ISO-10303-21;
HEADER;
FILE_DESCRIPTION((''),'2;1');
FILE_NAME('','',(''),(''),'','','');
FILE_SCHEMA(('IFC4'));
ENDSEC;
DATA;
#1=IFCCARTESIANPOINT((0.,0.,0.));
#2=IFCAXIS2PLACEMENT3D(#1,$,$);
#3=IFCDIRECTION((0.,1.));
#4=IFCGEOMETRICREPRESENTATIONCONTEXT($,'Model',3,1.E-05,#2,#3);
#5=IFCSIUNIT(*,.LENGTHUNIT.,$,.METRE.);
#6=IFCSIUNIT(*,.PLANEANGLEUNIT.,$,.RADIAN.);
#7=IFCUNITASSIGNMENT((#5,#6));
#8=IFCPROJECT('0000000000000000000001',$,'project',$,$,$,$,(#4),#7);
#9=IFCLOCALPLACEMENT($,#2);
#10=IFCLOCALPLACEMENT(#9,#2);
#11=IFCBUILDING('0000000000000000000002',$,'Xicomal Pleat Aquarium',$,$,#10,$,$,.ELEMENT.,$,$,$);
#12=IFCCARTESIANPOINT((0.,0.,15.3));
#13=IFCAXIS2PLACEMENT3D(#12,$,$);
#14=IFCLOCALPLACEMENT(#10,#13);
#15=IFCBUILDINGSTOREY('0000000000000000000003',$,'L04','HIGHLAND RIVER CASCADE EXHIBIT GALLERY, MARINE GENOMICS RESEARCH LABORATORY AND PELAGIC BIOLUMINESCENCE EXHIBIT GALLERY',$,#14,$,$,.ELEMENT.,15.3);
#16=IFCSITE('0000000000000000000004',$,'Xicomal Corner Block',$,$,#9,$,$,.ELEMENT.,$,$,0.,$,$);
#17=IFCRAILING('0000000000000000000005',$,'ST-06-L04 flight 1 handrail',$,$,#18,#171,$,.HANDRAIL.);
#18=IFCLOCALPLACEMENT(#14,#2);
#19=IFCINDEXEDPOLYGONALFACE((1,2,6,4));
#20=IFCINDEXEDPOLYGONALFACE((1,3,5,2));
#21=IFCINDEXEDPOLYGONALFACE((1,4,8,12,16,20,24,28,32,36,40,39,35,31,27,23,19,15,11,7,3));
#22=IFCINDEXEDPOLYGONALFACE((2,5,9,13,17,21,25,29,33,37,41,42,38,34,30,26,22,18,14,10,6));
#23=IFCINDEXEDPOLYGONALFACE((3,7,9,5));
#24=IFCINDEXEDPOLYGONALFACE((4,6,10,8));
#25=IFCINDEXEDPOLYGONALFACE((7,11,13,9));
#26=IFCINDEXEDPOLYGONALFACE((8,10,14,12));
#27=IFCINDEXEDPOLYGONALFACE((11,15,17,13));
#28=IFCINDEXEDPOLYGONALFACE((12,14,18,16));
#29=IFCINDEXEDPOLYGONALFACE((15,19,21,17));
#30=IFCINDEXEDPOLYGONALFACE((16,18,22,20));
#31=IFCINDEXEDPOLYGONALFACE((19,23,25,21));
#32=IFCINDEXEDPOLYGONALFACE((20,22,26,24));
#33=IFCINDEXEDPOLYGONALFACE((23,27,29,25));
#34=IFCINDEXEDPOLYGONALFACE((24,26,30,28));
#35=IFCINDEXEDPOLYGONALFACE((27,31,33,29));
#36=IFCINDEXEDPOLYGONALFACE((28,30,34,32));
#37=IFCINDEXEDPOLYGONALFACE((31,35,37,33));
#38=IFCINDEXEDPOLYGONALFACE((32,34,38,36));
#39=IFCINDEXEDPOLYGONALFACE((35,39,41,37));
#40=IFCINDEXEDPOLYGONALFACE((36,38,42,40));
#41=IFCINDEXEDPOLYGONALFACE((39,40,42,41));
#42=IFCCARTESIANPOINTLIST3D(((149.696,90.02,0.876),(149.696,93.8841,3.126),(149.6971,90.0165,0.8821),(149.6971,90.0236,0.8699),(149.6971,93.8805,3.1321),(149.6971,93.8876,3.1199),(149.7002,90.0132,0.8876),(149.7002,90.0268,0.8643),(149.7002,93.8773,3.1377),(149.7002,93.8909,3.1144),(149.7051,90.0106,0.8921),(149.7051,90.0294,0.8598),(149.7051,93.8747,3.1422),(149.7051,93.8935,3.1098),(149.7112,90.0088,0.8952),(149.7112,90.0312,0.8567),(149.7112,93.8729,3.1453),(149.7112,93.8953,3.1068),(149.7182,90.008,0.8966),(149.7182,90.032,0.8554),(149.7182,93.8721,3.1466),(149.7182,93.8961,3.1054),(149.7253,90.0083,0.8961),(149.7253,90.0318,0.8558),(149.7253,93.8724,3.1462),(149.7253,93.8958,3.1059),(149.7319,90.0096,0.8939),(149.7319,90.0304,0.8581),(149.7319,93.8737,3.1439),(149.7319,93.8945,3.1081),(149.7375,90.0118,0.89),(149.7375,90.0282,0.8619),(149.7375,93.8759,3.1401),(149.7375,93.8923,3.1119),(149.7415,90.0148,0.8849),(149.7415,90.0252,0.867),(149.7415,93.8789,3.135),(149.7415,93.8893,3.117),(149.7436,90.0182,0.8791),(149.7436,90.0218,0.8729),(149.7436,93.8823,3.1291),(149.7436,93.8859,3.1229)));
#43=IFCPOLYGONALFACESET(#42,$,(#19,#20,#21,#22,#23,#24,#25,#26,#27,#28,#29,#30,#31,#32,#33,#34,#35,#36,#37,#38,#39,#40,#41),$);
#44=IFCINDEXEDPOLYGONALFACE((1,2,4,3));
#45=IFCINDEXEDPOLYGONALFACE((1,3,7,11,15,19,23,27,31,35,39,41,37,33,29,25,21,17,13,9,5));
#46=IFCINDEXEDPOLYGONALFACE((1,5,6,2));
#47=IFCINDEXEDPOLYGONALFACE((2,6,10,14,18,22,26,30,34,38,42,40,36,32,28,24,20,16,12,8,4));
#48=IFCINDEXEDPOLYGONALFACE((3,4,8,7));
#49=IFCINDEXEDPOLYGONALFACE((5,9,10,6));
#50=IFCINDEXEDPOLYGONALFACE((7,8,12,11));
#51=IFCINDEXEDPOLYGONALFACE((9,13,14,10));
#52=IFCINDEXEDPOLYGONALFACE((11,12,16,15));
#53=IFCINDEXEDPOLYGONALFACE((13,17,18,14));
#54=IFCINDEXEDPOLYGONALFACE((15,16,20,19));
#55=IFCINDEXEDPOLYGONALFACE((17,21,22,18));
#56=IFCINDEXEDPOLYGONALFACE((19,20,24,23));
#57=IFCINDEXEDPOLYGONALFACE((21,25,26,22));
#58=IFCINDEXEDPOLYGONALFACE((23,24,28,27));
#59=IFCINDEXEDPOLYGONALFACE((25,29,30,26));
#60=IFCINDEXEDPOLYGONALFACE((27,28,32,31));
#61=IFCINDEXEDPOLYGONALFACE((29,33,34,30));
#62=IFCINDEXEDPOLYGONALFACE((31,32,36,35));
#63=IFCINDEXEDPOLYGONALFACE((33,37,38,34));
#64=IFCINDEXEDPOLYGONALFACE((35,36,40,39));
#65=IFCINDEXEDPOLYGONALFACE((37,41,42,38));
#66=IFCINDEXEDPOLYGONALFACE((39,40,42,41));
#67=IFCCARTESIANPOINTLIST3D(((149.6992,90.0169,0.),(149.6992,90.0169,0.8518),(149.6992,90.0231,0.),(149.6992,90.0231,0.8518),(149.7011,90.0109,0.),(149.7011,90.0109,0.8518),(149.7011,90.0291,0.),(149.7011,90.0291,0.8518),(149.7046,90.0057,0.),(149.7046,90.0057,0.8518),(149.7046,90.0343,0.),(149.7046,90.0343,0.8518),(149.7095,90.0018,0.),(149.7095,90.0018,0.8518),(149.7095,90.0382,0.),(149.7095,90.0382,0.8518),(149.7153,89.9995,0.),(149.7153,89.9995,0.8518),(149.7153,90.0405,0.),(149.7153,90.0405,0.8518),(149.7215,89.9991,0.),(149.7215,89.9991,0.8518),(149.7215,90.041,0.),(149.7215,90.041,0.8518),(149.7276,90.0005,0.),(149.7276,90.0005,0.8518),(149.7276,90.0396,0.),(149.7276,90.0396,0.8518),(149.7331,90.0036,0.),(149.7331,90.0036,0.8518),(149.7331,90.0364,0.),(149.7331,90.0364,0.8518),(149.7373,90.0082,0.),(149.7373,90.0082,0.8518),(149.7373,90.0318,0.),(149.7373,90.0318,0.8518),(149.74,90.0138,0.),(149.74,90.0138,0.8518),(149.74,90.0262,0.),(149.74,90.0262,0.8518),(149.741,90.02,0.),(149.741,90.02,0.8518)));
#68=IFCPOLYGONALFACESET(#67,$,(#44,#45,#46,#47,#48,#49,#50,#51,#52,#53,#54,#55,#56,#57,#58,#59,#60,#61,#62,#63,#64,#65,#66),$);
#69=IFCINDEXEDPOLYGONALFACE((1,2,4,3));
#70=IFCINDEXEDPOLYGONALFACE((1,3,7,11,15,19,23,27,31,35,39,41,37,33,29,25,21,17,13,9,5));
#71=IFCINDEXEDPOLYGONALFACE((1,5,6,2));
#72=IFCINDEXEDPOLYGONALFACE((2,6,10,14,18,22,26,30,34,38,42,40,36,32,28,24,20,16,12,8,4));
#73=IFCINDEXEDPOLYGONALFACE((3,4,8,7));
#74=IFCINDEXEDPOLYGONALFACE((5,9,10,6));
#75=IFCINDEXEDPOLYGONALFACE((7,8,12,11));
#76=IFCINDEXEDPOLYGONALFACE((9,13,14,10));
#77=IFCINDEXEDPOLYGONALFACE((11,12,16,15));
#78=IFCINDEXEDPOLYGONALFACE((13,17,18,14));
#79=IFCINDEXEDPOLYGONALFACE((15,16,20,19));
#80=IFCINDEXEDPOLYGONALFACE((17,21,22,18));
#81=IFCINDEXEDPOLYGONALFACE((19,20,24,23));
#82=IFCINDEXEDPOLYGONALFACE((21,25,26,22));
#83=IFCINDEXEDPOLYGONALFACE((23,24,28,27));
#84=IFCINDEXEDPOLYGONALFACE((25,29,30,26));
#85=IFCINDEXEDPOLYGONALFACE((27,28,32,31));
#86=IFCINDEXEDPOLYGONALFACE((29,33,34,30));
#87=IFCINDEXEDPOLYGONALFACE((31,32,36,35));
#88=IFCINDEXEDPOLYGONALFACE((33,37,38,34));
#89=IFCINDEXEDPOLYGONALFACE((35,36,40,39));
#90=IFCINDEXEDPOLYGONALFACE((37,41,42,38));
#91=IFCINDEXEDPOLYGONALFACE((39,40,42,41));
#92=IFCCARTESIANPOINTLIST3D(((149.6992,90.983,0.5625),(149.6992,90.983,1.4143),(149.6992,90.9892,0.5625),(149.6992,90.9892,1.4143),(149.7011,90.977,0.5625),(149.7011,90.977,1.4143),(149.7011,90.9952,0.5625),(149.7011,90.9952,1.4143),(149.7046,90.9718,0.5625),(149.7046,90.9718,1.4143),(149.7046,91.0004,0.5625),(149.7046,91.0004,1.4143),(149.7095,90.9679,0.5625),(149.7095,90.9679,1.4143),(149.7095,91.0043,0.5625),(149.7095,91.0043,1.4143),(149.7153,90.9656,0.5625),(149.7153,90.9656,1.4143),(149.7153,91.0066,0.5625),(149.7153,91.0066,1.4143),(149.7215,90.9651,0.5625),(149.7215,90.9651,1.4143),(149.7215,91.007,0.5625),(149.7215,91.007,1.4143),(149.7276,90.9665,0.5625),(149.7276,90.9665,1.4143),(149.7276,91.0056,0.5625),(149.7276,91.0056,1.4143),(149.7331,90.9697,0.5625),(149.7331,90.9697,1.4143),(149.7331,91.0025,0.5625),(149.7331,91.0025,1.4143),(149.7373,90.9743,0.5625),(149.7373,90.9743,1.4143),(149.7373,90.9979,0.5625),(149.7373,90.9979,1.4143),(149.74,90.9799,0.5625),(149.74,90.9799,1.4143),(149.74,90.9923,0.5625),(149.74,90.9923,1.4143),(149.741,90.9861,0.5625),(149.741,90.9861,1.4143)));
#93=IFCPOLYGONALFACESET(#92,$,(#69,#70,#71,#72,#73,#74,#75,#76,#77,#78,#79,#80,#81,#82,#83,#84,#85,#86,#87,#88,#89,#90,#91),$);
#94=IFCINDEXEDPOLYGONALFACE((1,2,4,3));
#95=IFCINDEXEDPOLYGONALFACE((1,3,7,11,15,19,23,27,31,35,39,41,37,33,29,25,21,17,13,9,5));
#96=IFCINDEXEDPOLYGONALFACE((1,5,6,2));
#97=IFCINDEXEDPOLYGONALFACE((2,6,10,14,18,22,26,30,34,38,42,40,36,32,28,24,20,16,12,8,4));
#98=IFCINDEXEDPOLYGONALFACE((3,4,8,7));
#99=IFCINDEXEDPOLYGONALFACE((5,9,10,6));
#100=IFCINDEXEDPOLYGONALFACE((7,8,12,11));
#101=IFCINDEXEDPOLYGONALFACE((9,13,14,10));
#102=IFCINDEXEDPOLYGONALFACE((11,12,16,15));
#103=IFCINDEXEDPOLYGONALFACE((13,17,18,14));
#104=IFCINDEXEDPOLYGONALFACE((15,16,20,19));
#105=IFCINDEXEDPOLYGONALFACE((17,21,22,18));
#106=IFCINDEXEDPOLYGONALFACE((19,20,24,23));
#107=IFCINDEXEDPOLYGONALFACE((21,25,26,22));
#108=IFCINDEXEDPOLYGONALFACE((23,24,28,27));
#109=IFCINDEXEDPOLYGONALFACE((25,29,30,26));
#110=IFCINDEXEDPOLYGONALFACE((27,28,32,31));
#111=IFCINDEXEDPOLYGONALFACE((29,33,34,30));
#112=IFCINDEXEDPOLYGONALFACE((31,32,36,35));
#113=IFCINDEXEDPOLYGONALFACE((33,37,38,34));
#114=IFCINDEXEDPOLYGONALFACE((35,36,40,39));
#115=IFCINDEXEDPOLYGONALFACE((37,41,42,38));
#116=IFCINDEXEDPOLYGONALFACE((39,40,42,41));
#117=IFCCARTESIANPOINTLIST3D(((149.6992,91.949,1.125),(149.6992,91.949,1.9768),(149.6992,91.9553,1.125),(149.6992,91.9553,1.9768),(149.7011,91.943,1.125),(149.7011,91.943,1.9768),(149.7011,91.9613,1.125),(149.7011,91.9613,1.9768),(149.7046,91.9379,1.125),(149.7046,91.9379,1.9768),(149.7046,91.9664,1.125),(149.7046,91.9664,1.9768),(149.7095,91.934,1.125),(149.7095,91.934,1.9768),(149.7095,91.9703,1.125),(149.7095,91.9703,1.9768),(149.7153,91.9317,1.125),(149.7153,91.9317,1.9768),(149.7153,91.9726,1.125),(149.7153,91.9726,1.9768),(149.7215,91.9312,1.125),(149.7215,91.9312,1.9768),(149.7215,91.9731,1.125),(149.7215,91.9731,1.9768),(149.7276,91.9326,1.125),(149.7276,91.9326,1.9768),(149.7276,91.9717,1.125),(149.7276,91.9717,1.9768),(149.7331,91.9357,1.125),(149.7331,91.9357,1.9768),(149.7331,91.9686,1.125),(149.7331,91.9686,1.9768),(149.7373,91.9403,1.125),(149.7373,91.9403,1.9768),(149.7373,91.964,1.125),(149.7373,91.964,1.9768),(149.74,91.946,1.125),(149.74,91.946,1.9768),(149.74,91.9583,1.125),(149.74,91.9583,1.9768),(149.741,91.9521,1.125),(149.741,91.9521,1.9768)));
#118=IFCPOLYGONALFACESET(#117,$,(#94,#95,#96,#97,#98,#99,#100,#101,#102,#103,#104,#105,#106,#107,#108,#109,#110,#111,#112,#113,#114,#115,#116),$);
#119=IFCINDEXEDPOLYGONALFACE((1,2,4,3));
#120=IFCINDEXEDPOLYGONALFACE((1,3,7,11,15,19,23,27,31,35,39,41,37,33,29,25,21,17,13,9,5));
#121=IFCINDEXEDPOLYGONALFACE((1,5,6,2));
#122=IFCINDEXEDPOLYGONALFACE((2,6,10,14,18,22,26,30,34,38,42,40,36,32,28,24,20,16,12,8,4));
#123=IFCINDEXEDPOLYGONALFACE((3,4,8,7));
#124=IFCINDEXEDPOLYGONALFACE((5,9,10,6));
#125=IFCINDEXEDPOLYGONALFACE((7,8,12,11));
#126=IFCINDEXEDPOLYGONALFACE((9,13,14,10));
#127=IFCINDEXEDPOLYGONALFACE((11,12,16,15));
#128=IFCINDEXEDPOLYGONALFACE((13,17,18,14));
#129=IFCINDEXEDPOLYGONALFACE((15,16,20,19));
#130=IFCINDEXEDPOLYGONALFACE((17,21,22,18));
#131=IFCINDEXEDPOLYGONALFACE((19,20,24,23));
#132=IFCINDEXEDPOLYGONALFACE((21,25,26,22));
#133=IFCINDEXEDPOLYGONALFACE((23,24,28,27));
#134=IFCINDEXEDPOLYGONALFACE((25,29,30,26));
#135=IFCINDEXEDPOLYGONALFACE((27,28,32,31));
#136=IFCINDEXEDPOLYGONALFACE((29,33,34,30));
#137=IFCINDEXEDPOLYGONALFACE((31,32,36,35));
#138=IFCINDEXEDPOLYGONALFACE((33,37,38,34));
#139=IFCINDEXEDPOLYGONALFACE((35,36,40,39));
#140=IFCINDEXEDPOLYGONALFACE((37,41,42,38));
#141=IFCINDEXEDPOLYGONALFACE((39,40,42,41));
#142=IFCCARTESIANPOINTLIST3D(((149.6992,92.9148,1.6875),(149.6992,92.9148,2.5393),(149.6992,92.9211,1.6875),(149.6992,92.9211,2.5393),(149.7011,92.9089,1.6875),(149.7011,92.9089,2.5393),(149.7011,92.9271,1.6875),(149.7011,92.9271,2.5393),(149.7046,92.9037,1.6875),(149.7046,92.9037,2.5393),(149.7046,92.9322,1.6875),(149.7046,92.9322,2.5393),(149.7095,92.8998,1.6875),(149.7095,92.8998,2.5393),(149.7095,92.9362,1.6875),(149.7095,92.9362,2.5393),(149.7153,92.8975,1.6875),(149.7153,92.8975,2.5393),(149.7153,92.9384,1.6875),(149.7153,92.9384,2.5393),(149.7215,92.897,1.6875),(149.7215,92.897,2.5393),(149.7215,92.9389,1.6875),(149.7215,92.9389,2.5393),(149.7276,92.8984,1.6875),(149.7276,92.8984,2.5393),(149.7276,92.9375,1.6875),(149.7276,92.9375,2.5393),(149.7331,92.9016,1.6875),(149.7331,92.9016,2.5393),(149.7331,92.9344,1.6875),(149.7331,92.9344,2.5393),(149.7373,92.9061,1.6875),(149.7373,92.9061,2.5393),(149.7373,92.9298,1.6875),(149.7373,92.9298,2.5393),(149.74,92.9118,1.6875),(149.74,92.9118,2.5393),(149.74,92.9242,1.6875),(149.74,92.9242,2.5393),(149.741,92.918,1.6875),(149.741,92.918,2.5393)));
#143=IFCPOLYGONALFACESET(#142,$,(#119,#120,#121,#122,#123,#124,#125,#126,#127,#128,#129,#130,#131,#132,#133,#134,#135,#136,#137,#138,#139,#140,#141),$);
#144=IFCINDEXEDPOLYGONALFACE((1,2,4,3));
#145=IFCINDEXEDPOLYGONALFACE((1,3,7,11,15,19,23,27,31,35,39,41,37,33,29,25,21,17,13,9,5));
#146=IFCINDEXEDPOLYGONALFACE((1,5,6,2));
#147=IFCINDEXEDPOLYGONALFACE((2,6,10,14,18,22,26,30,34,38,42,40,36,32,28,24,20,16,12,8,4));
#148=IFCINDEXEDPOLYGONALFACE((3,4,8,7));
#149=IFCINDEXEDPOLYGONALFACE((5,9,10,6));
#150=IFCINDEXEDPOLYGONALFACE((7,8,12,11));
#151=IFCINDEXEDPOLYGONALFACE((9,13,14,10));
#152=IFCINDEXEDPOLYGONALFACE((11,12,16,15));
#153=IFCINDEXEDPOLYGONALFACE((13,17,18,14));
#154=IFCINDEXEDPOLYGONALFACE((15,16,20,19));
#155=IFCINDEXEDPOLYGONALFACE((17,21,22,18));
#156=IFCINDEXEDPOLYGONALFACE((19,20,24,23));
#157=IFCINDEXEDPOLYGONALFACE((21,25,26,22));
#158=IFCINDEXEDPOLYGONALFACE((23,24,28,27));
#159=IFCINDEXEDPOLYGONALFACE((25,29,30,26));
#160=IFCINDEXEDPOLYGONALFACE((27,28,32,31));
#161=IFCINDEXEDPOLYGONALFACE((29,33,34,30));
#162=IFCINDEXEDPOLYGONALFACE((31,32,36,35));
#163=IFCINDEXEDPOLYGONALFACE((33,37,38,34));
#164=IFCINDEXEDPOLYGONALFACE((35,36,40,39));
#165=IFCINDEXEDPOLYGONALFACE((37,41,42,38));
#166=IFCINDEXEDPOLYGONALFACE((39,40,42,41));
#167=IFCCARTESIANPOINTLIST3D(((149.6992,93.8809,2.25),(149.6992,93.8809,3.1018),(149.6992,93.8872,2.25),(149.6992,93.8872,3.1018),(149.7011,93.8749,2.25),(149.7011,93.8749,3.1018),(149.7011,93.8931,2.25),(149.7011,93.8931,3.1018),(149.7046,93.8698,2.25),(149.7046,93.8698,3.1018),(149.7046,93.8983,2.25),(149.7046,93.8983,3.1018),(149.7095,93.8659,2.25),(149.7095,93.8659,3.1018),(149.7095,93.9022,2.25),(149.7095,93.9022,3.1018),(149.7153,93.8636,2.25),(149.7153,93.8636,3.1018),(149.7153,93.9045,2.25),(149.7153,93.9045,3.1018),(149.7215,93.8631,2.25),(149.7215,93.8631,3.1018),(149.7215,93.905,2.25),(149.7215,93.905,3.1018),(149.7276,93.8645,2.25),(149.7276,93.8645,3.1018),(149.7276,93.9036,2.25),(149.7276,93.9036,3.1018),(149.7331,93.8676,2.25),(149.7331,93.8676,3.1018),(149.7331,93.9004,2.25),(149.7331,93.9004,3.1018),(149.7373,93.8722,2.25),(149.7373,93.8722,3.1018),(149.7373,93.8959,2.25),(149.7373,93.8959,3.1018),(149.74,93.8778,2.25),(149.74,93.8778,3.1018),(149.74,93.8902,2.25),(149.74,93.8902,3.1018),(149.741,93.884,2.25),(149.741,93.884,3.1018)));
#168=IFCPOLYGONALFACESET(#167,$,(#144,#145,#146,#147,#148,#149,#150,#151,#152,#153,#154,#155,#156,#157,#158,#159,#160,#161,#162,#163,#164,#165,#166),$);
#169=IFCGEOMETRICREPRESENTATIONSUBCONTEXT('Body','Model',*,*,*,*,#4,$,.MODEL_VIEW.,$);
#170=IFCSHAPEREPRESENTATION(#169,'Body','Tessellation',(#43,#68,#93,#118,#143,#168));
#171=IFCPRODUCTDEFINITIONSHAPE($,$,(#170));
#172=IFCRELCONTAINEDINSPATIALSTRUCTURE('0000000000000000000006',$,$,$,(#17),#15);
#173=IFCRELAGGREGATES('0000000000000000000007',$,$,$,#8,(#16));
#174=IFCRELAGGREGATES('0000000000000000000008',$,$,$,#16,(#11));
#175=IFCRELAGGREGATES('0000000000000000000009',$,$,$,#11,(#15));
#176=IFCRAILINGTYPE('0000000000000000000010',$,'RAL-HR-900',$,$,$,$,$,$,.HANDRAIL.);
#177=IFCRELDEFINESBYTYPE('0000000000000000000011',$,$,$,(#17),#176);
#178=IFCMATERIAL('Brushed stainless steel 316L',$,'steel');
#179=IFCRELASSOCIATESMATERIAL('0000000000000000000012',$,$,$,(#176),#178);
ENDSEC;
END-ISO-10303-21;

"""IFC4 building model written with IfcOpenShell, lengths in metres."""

from ifc_helpers import new_model, si_unit, direction, frame, origin, origin_2d, place, context, subcontext, project, spatial, circle, extrude, material, type_object, element, save


model = new_model("IFC4")

# Units and contexts
model_context = context("Model", 3, precision=1e-05, world=origin(), true_north=direction((0.0, 1.0)))
body_context = subcontext(model_context, "Body", "Model", "MODEL_VIEW")
ifc_project = project(units=[si_unit("LENGTHUNIT", "METRE"), si_unit("PLANEANGLEUNIT", "RADIAN")], contexts=[model_context])

# Site, building, storey
site_placement = place(None, origin())
site = spatial("IfcSite", under=ifc_project, at=site_placement, Name="Xicomal Corner Block", CompositionType="ELEMENT", RefElevation=0.0)
building_placement = place(site_placement, origin())
building = spatial("IfcBuilding", under=site, at=building_placement, Name="Xicomal Pleat Aquarium", CompositionType="ELEMENT")
storey_placement = place(building_placement, frame((0.0, 0.0, 15.3)))
storey = spatial("IfcBuildingStorey", under=building, at=storey_placement, Name="L04", Description="HIGHLAND RIVER CASCADE EXHIBIT GALLERY, MARINE GENOMICS RESEARCH LABORATORY AND PELAGIC BIOLUMINESCENCE EXHIBIT GALLERY", CompositionType="ELEMENT", Elevation=15.3)

# Railing
ifc_material_1 = material(Name="Brushed stainless steel 316L", Category="steel")
railing_type_1 = type_object("IfcRailingType", Name="RAL-HR-900", PredefinedType="HANDRAIL", material=ifc_material_1)
railing_1_placement = place(storey_placement, frame((149.72, 90.02, 0.0)))
element("IfcRailing", 1, at=railing_1_placement, inside=storey, type_object=railing_type_1, Name="ST-06-L04 flight 1 handrail", PredefinedType="HANDRAIL", context=body_context, shape_type="SweptSolid", body=[
    extrude(circle(Radius=0.0239, at=origin_2d()), frame((0.0, 0.0, 0.876), z_axis=(0.0, 0.864169, 0.503202), x_axis=(-1.0, 0.0, 0.0)), (0.0, 0.0, 1.0), 4.4714),
    extrude(circle(Radius=0.021, at=origin_2d()), origin(), (0.0, 0.0, 1.0), 0.8518),
    extrude(circle(Radius=0.021, at=origin_2d()), frame((0.0, 0.9661, 0.5625)), (0.0, 0.0, 1.0), 0.8518),
    extrude(circle(Radius=0.021, at=origin_2d()), frame((0.0, 1.9321, 1.125)), (0.0, 0.0, 1.0), 0.8518),
    extrude(circle(Radius=0.021, at=origin_2d()), frame((0.0, 2.8979, 1.6875)), (0.0, 0.0, 1.0), 0.8518),
    extrude(circle(Radius=0.021, at=origin_2d()), frame((0.0, 3.864, 2.25)), (0.0, 0.0, 1.0), 0.8518),
])

save(model, "model.ifc")
